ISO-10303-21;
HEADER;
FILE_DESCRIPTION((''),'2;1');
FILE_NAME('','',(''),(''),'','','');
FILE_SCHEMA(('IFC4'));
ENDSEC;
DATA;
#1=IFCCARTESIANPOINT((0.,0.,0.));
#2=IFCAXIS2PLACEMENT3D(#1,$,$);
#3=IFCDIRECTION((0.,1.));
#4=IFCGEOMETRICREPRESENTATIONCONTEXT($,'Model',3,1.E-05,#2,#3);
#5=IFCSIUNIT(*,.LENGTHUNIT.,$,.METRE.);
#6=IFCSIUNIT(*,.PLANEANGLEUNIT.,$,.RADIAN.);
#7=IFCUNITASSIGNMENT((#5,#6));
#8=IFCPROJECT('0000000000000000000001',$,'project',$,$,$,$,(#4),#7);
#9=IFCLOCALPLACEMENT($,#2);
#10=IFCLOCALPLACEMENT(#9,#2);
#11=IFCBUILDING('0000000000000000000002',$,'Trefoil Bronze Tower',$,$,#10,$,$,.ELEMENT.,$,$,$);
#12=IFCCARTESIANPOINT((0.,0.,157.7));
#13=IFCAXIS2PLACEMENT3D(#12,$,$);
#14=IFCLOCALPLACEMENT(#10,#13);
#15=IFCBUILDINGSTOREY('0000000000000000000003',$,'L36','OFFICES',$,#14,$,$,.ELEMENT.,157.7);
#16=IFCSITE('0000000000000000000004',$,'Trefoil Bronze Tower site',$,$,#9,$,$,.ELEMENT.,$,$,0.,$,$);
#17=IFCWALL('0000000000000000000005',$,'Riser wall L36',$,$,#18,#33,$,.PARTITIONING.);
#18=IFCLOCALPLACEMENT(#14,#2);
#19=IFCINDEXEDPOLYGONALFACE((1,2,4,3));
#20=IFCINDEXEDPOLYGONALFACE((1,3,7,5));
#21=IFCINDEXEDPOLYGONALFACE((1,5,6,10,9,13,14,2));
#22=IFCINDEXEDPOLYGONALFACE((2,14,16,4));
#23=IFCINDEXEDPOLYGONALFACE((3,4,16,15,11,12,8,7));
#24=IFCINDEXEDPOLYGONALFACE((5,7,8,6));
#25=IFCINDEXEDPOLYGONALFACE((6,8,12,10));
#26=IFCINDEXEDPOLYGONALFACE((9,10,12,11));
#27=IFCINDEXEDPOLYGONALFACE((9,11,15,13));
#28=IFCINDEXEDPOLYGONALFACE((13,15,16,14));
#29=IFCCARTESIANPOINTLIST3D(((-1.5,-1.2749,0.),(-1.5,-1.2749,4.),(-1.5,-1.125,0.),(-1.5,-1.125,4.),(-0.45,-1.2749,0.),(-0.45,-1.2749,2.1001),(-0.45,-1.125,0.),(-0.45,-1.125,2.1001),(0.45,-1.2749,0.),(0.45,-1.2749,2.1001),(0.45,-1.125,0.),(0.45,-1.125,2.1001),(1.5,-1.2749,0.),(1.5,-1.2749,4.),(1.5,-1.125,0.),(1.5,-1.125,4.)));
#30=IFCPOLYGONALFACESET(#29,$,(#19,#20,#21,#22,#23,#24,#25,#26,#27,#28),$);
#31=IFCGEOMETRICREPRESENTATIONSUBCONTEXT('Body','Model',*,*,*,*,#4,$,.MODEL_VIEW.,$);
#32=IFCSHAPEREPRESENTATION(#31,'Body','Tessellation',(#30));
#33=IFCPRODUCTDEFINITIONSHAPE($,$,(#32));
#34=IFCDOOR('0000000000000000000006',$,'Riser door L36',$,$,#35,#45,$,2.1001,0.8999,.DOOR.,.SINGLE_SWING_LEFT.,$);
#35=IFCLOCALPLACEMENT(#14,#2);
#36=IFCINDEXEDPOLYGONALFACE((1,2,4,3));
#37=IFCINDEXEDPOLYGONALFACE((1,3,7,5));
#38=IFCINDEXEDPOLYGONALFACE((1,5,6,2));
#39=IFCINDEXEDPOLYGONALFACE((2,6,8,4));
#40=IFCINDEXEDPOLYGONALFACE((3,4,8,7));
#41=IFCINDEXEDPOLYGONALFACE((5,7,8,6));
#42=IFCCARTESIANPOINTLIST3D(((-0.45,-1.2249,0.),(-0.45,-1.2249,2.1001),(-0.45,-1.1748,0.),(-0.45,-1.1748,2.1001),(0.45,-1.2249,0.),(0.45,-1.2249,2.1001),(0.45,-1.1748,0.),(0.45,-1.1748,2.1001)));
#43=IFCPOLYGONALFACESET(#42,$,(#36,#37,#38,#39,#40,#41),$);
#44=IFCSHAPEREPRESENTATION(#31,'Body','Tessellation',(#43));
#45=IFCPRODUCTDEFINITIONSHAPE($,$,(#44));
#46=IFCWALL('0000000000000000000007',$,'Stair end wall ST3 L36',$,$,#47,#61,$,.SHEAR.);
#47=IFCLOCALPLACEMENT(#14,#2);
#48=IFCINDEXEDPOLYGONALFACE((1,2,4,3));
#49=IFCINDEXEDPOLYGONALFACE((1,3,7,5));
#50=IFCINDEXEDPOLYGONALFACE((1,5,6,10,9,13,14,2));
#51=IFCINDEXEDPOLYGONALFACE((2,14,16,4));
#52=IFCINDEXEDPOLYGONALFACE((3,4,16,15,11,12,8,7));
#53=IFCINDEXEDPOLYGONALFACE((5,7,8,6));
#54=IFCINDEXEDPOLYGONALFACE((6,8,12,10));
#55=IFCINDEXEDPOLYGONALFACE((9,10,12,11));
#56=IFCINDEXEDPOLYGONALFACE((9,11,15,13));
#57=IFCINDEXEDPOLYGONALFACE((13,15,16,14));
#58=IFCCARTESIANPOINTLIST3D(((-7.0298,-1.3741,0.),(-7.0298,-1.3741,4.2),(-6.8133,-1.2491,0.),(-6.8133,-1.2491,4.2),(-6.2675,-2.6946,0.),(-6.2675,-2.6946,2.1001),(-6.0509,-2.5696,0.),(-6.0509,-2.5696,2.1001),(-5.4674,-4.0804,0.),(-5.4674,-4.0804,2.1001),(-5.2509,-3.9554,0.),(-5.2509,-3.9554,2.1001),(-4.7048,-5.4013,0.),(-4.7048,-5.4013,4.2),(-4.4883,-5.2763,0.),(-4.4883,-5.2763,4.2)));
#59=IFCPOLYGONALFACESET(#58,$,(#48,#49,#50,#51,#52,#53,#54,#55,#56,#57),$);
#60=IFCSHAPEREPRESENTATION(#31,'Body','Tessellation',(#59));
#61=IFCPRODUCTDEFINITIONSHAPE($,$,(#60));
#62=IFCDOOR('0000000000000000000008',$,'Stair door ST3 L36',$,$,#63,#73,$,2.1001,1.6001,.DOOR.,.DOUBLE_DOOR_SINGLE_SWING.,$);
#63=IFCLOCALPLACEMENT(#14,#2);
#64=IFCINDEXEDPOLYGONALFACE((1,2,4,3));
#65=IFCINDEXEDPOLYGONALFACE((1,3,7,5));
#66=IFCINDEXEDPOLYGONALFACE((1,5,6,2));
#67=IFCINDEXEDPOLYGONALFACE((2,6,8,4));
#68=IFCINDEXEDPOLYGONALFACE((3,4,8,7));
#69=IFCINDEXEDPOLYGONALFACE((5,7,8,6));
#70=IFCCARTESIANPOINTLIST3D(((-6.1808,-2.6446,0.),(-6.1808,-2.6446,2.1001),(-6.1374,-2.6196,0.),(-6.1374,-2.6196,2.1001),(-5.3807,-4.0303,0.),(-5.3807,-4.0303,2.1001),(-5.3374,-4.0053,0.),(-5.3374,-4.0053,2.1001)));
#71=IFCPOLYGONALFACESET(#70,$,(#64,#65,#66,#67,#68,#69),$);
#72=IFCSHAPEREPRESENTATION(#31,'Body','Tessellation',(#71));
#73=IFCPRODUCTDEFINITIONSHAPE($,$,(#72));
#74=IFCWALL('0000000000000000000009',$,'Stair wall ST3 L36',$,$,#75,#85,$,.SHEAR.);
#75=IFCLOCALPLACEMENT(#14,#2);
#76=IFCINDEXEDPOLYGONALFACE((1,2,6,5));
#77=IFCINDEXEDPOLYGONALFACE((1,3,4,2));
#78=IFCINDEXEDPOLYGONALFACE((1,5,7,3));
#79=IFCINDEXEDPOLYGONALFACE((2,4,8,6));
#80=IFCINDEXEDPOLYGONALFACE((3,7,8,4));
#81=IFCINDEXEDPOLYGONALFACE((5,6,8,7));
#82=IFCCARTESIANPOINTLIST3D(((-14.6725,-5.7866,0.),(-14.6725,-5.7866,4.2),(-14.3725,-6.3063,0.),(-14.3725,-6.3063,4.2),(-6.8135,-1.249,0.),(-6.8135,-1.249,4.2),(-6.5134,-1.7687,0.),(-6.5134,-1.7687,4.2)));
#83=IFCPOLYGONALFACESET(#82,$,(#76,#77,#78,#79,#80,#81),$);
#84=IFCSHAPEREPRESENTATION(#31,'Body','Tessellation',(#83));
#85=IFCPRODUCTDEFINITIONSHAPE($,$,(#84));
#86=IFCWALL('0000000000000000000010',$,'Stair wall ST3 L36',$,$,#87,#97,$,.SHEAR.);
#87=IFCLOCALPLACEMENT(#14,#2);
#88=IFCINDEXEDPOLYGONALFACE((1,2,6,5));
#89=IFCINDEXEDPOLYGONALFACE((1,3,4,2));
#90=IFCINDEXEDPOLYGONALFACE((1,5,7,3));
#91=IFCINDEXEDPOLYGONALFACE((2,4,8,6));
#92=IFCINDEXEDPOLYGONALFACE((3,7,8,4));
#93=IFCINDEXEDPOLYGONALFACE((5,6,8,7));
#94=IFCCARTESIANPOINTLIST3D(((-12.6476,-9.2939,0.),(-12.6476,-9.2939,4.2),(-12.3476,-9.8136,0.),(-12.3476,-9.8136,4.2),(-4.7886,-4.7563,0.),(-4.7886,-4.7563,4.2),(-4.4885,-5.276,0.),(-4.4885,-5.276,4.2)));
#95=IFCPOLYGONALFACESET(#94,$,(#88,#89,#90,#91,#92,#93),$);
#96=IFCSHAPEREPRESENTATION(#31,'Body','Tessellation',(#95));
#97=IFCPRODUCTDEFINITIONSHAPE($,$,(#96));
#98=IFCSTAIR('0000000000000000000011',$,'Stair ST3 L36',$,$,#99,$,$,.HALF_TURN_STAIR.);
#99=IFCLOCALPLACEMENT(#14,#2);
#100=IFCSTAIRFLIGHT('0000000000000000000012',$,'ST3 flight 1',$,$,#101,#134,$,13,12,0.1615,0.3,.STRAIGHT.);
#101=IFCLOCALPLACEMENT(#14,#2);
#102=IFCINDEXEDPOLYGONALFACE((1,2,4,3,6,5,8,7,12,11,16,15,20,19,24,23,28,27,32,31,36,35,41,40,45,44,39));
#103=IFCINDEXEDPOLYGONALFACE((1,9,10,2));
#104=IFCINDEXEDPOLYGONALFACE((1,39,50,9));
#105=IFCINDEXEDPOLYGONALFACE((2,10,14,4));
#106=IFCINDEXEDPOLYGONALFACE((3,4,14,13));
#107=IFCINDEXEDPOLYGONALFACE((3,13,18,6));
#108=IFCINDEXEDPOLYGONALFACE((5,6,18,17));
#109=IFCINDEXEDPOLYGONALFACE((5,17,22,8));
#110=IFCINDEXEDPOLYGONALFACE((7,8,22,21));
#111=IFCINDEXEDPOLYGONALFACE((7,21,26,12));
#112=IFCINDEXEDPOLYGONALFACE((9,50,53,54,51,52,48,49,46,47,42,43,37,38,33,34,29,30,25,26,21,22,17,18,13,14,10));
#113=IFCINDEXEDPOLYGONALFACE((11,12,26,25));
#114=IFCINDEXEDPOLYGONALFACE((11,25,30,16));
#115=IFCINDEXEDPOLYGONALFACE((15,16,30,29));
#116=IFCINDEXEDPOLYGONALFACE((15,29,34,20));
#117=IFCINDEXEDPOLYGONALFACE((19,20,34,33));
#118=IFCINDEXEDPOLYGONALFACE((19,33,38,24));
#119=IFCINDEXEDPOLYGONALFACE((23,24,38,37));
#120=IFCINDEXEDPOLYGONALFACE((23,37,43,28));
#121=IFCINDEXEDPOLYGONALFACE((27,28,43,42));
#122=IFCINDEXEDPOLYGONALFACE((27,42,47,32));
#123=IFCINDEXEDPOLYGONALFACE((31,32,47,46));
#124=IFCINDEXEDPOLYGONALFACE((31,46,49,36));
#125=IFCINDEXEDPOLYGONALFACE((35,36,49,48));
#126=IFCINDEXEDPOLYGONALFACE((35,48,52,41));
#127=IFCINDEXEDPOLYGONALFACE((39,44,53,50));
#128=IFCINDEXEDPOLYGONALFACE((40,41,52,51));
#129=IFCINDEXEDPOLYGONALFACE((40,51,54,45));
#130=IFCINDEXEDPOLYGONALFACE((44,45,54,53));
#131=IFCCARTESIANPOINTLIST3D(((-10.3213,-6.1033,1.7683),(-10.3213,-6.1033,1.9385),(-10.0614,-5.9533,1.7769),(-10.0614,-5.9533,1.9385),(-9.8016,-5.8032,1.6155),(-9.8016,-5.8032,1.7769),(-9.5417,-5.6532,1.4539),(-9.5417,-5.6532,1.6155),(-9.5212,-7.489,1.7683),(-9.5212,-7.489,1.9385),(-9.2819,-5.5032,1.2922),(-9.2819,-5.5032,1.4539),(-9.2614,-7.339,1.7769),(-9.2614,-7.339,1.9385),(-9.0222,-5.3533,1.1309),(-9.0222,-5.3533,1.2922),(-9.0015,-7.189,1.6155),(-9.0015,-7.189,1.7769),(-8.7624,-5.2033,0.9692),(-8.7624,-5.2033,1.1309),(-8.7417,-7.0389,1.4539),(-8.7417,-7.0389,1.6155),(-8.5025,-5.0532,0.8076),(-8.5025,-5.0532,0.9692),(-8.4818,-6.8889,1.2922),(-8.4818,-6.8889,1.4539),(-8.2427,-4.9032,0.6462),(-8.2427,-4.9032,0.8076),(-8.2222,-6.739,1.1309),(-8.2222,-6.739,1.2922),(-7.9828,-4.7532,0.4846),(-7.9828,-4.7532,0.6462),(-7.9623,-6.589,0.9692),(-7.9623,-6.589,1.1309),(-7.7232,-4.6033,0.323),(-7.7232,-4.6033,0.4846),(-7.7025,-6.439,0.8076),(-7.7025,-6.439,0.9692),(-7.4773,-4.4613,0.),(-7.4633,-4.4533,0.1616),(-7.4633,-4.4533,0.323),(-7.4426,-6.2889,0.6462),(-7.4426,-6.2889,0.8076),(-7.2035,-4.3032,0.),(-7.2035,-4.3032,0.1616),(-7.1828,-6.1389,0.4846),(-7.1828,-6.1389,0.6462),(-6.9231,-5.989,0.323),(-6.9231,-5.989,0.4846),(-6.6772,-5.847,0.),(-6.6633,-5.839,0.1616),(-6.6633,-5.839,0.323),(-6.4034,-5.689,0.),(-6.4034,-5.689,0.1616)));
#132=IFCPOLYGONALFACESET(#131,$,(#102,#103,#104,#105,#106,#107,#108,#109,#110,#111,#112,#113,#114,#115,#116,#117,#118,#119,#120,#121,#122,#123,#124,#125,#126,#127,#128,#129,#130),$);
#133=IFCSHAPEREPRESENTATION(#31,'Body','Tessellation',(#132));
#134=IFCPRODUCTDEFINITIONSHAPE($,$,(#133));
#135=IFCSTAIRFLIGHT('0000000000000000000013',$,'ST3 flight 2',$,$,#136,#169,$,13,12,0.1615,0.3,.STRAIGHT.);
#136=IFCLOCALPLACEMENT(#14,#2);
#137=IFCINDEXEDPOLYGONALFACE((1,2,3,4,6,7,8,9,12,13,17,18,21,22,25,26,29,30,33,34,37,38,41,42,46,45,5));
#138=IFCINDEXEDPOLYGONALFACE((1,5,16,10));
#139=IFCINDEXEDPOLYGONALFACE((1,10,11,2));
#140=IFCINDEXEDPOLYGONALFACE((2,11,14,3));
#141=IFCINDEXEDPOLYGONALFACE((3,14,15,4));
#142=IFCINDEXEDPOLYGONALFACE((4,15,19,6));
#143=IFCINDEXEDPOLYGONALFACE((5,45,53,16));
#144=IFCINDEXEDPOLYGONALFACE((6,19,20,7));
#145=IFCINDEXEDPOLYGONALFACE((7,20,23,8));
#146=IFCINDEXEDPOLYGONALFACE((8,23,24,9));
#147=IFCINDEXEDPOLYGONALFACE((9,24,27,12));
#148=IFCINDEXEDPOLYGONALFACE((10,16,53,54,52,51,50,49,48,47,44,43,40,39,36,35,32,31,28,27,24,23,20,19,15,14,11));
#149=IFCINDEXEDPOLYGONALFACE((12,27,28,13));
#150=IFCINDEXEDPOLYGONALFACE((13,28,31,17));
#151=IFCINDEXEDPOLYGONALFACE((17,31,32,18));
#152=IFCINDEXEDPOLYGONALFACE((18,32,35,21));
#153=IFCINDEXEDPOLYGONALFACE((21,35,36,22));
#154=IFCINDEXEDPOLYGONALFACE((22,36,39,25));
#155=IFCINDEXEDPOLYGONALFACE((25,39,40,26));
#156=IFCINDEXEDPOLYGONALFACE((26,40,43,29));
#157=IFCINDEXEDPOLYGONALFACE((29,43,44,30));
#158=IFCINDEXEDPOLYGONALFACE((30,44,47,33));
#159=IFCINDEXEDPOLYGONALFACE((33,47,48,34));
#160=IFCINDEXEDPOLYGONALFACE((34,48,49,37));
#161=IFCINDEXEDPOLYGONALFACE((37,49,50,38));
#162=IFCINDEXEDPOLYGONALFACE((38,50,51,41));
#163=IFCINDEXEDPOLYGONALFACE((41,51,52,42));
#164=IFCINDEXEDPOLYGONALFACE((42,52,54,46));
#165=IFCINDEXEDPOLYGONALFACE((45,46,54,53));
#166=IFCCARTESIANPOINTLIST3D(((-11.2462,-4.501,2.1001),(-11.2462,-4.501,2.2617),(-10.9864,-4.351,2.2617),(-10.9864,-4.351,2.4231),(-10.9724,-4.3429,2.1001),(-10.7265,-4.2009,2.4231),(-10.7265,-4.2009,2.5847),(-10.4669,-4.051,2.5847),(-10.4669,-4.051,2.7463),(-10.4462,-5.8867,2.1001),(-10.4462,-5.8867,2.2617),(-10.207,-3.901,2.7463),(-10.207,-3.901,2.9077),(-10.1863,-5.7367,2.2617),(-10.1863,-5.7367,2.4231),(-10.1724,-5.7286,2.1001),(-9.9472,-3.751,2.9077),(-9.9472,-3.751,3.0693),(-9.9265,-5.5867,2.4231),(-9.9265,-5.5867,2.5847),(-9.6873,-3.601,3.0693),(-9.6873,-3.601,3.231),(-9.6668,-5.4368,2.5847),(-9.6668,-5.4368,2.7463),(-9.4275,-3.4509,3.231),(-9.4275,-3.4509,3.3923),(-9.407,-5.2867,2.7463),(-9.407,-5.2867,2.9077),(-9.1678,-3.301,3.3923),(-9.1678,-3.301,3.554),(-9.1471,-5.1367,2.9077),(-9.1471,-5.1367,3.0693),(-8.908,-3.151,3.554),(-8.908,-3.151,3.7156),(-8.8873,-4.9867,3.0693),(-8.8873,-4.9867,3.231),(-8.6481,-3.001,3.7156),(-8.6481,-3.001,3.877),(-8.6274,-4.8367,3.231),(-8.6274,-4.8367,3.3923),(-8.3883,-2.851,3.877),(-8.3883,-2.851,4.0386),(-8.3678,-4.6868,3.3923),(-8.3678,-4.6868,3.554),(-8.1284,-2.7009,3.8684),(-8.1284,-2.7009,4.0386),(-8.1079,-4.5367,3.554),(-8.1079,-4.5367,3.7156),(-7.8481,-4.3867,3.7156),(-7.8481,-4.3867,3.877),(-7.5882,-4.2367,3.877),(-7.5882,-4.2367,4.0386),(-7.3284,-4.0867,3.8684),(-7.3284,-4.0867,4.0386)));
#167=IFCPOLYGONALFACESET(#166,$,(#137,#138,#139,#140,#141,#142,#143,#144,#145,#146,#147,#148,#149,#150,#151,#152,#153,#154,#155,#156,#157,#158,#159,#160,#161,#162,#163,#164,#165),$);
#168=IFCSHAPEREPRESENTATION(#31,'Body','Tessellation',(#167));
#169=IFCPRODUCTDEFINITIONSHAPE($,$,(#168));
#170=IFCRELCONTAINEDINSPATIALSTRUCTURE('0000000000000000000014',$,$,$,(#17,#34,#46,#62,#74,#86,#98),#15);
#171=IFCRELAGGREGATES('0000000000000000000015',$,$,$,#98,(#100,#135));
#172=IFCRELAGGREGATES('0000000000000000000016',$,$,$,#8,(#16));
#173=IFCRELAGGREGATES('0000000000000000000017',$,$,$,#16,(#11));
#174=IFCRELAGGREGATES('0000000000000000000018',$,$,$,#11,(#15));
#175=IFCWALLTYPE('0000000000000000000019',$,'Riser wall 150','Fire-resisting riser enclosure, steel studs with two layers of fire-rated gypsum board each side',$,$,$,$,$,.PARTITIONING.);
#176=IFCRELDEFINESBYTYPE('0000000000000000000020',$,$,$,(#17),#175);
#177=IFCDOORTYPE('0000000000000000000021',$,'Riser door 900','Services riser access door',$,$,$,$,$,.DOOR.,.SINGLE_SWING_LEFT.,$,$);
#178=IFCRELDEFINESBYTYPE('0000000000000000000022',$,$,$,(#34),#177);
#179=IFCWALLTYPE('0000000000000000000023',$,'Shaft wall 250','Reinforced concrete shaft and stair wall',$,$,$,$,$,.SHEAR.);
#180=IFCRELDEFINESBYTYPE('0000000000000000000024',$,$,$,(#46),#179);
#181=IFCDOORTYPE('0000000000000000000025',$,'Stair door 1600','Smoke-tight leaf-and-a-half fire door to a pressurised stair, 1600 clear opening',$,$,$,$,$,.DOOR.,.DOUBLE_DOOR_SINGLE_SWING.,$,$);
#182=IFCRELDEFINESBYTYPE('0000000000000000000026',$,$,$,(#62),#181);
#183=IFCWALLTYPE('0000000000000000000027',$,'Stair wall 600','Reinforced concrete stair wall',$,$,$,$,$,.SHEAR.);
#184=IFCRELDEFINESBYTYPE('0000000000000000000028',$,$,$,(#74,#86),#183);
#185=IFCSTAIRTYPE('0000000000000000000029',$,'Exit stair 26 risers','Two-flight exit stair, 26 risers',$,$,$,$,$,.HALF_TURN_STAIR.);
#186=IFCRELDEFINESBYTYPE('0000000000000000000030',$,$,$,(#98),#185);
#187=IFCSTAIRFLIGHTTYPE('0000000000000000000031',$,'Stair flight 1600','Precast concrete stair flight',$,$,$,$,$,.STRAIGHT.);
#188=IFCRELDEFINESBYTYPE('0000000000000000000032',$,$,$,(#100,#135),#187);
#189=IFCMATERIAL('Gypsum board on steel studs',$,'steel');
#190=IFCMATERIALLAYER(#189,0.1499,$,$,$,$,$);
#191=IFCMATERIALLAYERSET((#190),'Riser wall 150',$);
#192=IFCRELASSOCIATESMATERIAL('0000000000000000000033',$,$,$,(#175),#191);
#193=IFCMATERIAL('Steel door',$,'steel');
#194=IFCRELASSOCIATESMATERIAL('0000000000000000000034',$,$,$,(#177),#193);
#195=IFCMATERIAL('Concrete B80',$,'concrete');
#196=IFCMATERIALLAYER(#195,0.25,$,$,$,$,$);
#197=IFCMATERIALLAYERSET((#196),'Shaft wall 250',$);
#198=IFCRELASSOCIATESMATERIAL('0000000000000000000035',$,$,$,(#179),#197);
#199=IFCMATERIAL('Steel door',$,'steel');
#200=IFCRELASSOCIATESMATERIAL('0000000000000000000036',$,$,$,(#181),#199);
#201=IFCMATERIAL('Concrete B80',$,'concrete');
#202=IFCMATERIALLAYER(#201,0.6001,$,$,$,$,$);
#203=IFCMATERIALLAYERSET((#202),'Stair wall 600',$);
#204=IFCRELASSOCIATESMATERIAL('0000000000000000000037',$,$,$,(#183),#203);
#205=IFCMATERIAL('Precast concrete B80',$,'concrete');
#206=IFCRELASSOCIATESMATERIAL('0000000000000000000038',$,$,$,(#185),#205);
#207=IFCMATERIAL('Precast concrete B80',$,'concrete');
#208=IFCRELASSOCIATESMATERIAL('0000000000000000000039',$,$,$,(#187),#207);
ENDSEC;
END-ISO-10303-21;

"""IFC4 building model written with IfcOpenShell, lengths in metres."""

from ifc_helpers import new_model, si_unit, direction, frame, frame_2d, origin, place, context, subcontext, project, spatial, polyline, rectangle, outline, extrude, material, layer, layer_set, type_object, element, fill, aggregate, save


model = new_model("IFC4")

# Units and contexts
model_context = context("Model", 3, precision=1e-05, world=origin(), true_north=direction((0.0, 1.0)))
body_context = subcontext(model_context, "Body", "Model", "MODEL_VIEW")
ifc_project = project(units=[si_unit("LENGTHUNIT", "METRE"), si_unit("PLANEANGLEUNIT", "RADIAN")], contexts=[model_context])

# Site, building, storey
site_placement = place(None, origin())
site = spatial("IfcSite", under=ifc_project, at=site_placement, Name="Trefoil Bronze Tower site", CompositionType="ELEMENT", RefElevation=0.0)
building_placement = place(site_placement, origin())
building = spatial("IfcBuilding", under=site, at=building_placement, Name="Trefoil Bronze Tower", CompositionType="ELEMENT")
storey_placement = place(building_placement, frame((0.0, 0.0, 157.7)))
storey = spatial("IfcBuildingStorey", under=building, at=storey_placement, Name="L36", Description="OFFICES", CompositionType="ELEMENT", Elevation=157.7)

# Walls, openings, doors
ifc_material_1 = material(Name="Gypsum board on steel studs", Category="steel")
ifc_layer_1 = layer(ifc_material_1, 0.1499)
ifc_layer_set_1 = layer_set([ifc_layer_1], Name="Riser wall 150")
wall_type_1 = type_object("IfcWallType", Name="Riser wall 150", Description="Fire-resisting riser enclosure, steel studs with two layers of fire-rated gypsum board each side", PredefinedType="PARTITIONING", material=ifc_layer_set_1)
wall_1_placement = place(storey_placement, frame((-1.5, -1.2, 0.0), z_axis=(0.0, 0.0, 1.0), x_axis=(1.0, 0.0, 0.0)))
wall_1 = element("IfcWall", 1, at=wall_1_placement, inside=storey, type_object=wall_type_1, Name="Riser wall L36", PredefinedType="PARTITIONING", context=body_context, shape_type="SweptSolid", body=[
    extrude(rectangle(XDim=3.0, YDim=0.1499, at=frame_2d((1.5, 0.0))), origin(), (0.0, 0.0, 1.0), 4.0),
])
opening_1_placement = place(wall_1_placement, frame((1.05, 0.0, 0.0)))
opening_1 = element("IfcOpeningElement", 2, at=opening_1_placement, cuts=wall_1, PredefinedType="OPENING", context=body_context, shape_type="SweptSolid", body=[
    extrude(rectangle(XDim=0.8999, YDim=2.1001, at=frame_2d((0.45, 1.05))), frame((0.0, 0.085, 0.0), z_axis=(0.0, -1.0, 0.0), x_axis=(1.0, 0.0, 0.0)), (0.0, 0.0, 1.0), 0.1699),
])
ifc_material_2 = material(Name="Steel door", Category="steel")
door_type_1 = type_object("IfcDoorType", Name="Riser door 900", Description="Services riser access door", OperationType="SINGLE_SWING_LEFT", PredefinedType="DOOR", material=ifc_material_2)
door_1_placement = place(opening_1_placement, frame((0.8999, 0.0, 0.0), z_axis=(0.0, 0.0, 1.0), x_axis=(-1.0, 0.0, 0.0)))
door_1 = element("IfcDoor", 3, at=door_1_placement, inside=storey, type_object=door_type_1, Name="Riser door L36", OperationType="SINGLE_SWING_LEFT", OverallHeight=2.1001, OverallWidth=0.8999, PredefinedType="DOOR", context=body_context, shape_type="SweptSolid", body=[
    extrude(rectangle(XDim=0.8999, YDim=2.1001, at=frame_2d((0.45, 1.05))), frame((0.0, 0.0249, 0.0), z_axis=(0.0, -1.0, 0.0), x_axis=(1.0, 0.0, 0.0)), (0.0, 0.0, 1.0), 0.05),
])
fill(opening_1, door_1)
ifc_material_3 = material(Name="Concrete B80", Category="concrete")
ifc_layer_2 = layer(ifc_material_3, 0.25)
ifc_layer_set_2 = layer_set([ifc_layer_2], Name="Shaft wall 250")
wall_type_2 = type_object("IfcWallType", Name="Shaft wall 250", Description="Reinforced concrete shaft and stair wall", PredefinedType="SHEAR", material=ifc_layer_set_2)
wall_2_placement = place(storey_placement, frame((-6.9216, -1.3115, 0.0), z_axis=(0.0, 0.0, 1.0), x_axis=(0.499985, -0.866034, 0.0)))
wall_2 = element("IfcWall", 4, at=wall_2_placement, inside=storey, type_object=wall_type_2, Name="Stair end wall ST3 L36", PredefinedType="SHEAR", context=body_context, shape_type="SweptSolid", body=[
    extrude(rectangle(XDim=4.6501, YDim=0.25, at=frame_2d((2.3252, 0.0))), origin(), (0.0, 0.0, 1.0), 4.2),
])
opening_2_placement = place(wall_2_placement, frame((1.5249, 0.0, 0.0)))
opening_2 = element("IfcOpeningElement", 5, at=opening_2_placement, cuts=wall_2, PredefinedType="OPENING", context=body_context, shape_type="SweptSolid", body=[
    extrude(rectangle(XDim=1.6001, YDim=2.1001, at=frame_2d((0.8, 1.05))), frame((0.0, 0.135, 0.0), z_axis=(0.0, -1.0, 0.0), x_axis=(1.0, 0.0, 0.0)), (0.0, 0.0, 1.0), 0.27),
])
ifc_material_4 = material(Name="Steel door", Category="steel")
door_type_2 = type_object("IfcDoorType", Name="Stair door 1600", Description="Smoke-tight leaf-and-a-half fire door to a pressurised stair, 1600 clear opening", OperationType="DOUBLE_DOOR_SINGLE_SWING", PredefinedType="DOOR", material=ifc_material_4)
door_2_placement = place(opening_2_placement, frame((1.6001, 0.0, 0.0), z_axis=(0.0, 0.0, 1.0), x_axis=(-1.0, 0.0, 0.0)))
door_2 = element("IfcDoor", 6, at=door_2_placement, inside=storey, type_object=door_type_2, Name="Stair door ST3 L36", OperationType="DOUBLE_DOOR_SINGLE_SWING", OverallHeight=2.1001, OverallWidth=1.6001, PredefinedType="DOOR", context=body_context, shape_type="SweptSolid", body=[
    extrude(rectangle(XDim=1.6001, YDim=2.1001, at=frame_2d((0.8, 1.05))), frame((0.0, 0.0249, 0.0), z_axis=(0.0, -1.0, 0.0), x_axis=(1.0, 0.0, 0.0)), (0.0, 0.0, 1.0), 0.05),
])
fill(opening_2, door_2)

# Walls
ifc_material_5 = material(Name="Concrete B80", Category="concrete")
ifc_layer_3 = layer(ifc_material_5, 0.6001)
ifc_layer_set_3 = layer_set([ifc_layer_3], Name="Stair wall 600")
wall_type_3 = type_object("IfcWallType", Name="Stair wall 600", Description="Reinforced concrete stair wall", PredefinedType="SHEAR", material=ifc_layer_set_3)
for number, where, z_axis, x_axis, name in (
    (7, (-6.6633, -1.5088, 0.0), (0.0, 0.0, 1.0), (-0.866019, -0.50001, 0.0), "Stair wall ST3 L36"),
    (8, (-4.6384, -5.0161, 0.0), (0.0, 0.0, 1.0), (-0.866019, -0.50001, 0.0), "Stair wall ST3 L36"),
):
    element("IfcWall", number, at=place(storey_placement, frame(where, z_axis=z_axis, x_axis=x_axis)), inside=storey, type_object=wall_type_3, Name=name, PredefinedType="SHEAR", context=body_context, shape_type="SweptSolid", body=[
        extrude(rectangle(XDim=9.075, YDim=0.6001, at=frame_2d((4.5376, 0.0))), origin(), (0.0, 0.0, 1.0), 4.2),
    ])

# Stair, stair flights
ifc_material_6 = material(Name="Precast concrete B80", Category="concrete")
stair_type = type_object("IfcStairType", Name="Exit stair 26 risers", Description="Two-flight exit stair, 26 risers", PredefinedType="HALF_TURN_STAIR", material=ifc_material_6)
stair_placement = place(storey_placement, origin())
stair = element("IfcStair", 9, at=stair_placement, inside=storey, type_object=stair_type, Name="Stair ST3 L36", PredefinedType="HALF_TURN_STAIR")
ifc_material_7 = material(Name="Precast concrete B80", Category="concrete")
stair_flight_type = type_object("IfcStairFlightType", Name="Stair flight 1600", Description="Precast concrete stair flight", PredefinedType="STRAIGHT", material=ifc_material_7)
stair_flight_1_placement = place(storey_placement, frame((-6.8035, -4.9961, 0.0), z_axis=(0.0, 0.0, 1.0), x_axis=(-0.866025, -0.5, 0.0)))
stair_flight_1 = element("IfcStairFlight", 10, at=stair_flight_1_placement, type_object=stair_flight_type, Name="ST3 flight 1", NumberOfRisers=13, NumberOfTreads=12, PredefinedType="STRAIGHT", RiserHeight=0.1615, TreadLength=0.3, context=body_context, shape_type="SweptSolid", body=[
    extrude(outline(polyline([(0.0, 0.0), (0.0, 0.1616), (0.3, 0.1616), (0.3, 0.323), (0.6001, 0.323), (0.6001, 0.4846), (0.8999, 0.4846), (0.8999, 0.6462), (1.2, 0.6462), (1.2, 0.8076), (1.5, 0.8076), (1.5, 0.9692), (1.8, 0.9692), (1.8, 1.1309), (2.1001, 1.1309), (2.1001, 1.2922), (2.3999, 1.2922), (2.3999, 1.4539), (2.7, 1.4539), (2.7, 1.6155), (3.0, 1.6155), (3.0, 1.7769), (3.3, 1.7769), (3.3, 1.9385), (3.6001, 1.9385), (3.6001, 2.1001), (3.6001, 1.7683), (0.3162, 0.0), (0.0, 0.0)])), frame((0.0, 0.8, 0.0), z_axis=(0.0, -1.0, 0.0), x_axis=(1.0, 0.0, 0.0)), (0.0, 0.0, 1.0), 1.6001),
])
stair_flight_2_placement = place(storey_placement, frame((-10.8462, -5.1938, 2.1001), z_axis=(0.0, 0.0, 1.0), x_axis=(0.866025, 0.5, 0.0)))
stair_flight_2 = element("IfcStairFlight", 11, at=stair_flight_2_placement, type_object=stair_flight_type, Name="ST3 flight 2", NumberOfRisers=13, NumberOfTreads=12, PredefinedType="STRAIGHT", RiserHeight=0.1615, TreadLength=0.3, context=body_context, shape_type="SweptSolid", body=[
    extrude(outline(polyline([(0.0, 0.0), (0.0, 0.1616), (0.3, 0.1616), (0.3, 0.323), (0.6001, 0.323), (0.6001, 0.4846), (0.8999, 0.4846), (0.8999, 0.6462), (1.2, 0.6462), (1.2, 0.8076), (1.5, 0.8076), (1.5, 0.9692), (1.8, 0.9692), (1.8, 1.1309), (2.1001, 1.1309), (2.1001, 1.2922), (2.3999, 1.2922), (2.3999, 1.4539), (2.7, 1.4539), (2.7, 1.6155), (3.0, 1.6155), (3.0, 1.7769), (3.3, 1.7769), (3.3, 1.9385), (3.6001, 1.9385), (3.6001, 2.1001), (3.6001, 1.7683), (0.3162, 0.0), (0.0, 0.0)])), frame((0.0, 0.8, 0.0), z_axis=(0.0, -1.0, 0.0), x_axis=(1.0, 0.0, 0.0)), (0.0, 0.0, 1.0), 1.6001),
])
aggregate(stair, [stair_flight_1, stair_flight_2])

save(model, "model.ifc")
